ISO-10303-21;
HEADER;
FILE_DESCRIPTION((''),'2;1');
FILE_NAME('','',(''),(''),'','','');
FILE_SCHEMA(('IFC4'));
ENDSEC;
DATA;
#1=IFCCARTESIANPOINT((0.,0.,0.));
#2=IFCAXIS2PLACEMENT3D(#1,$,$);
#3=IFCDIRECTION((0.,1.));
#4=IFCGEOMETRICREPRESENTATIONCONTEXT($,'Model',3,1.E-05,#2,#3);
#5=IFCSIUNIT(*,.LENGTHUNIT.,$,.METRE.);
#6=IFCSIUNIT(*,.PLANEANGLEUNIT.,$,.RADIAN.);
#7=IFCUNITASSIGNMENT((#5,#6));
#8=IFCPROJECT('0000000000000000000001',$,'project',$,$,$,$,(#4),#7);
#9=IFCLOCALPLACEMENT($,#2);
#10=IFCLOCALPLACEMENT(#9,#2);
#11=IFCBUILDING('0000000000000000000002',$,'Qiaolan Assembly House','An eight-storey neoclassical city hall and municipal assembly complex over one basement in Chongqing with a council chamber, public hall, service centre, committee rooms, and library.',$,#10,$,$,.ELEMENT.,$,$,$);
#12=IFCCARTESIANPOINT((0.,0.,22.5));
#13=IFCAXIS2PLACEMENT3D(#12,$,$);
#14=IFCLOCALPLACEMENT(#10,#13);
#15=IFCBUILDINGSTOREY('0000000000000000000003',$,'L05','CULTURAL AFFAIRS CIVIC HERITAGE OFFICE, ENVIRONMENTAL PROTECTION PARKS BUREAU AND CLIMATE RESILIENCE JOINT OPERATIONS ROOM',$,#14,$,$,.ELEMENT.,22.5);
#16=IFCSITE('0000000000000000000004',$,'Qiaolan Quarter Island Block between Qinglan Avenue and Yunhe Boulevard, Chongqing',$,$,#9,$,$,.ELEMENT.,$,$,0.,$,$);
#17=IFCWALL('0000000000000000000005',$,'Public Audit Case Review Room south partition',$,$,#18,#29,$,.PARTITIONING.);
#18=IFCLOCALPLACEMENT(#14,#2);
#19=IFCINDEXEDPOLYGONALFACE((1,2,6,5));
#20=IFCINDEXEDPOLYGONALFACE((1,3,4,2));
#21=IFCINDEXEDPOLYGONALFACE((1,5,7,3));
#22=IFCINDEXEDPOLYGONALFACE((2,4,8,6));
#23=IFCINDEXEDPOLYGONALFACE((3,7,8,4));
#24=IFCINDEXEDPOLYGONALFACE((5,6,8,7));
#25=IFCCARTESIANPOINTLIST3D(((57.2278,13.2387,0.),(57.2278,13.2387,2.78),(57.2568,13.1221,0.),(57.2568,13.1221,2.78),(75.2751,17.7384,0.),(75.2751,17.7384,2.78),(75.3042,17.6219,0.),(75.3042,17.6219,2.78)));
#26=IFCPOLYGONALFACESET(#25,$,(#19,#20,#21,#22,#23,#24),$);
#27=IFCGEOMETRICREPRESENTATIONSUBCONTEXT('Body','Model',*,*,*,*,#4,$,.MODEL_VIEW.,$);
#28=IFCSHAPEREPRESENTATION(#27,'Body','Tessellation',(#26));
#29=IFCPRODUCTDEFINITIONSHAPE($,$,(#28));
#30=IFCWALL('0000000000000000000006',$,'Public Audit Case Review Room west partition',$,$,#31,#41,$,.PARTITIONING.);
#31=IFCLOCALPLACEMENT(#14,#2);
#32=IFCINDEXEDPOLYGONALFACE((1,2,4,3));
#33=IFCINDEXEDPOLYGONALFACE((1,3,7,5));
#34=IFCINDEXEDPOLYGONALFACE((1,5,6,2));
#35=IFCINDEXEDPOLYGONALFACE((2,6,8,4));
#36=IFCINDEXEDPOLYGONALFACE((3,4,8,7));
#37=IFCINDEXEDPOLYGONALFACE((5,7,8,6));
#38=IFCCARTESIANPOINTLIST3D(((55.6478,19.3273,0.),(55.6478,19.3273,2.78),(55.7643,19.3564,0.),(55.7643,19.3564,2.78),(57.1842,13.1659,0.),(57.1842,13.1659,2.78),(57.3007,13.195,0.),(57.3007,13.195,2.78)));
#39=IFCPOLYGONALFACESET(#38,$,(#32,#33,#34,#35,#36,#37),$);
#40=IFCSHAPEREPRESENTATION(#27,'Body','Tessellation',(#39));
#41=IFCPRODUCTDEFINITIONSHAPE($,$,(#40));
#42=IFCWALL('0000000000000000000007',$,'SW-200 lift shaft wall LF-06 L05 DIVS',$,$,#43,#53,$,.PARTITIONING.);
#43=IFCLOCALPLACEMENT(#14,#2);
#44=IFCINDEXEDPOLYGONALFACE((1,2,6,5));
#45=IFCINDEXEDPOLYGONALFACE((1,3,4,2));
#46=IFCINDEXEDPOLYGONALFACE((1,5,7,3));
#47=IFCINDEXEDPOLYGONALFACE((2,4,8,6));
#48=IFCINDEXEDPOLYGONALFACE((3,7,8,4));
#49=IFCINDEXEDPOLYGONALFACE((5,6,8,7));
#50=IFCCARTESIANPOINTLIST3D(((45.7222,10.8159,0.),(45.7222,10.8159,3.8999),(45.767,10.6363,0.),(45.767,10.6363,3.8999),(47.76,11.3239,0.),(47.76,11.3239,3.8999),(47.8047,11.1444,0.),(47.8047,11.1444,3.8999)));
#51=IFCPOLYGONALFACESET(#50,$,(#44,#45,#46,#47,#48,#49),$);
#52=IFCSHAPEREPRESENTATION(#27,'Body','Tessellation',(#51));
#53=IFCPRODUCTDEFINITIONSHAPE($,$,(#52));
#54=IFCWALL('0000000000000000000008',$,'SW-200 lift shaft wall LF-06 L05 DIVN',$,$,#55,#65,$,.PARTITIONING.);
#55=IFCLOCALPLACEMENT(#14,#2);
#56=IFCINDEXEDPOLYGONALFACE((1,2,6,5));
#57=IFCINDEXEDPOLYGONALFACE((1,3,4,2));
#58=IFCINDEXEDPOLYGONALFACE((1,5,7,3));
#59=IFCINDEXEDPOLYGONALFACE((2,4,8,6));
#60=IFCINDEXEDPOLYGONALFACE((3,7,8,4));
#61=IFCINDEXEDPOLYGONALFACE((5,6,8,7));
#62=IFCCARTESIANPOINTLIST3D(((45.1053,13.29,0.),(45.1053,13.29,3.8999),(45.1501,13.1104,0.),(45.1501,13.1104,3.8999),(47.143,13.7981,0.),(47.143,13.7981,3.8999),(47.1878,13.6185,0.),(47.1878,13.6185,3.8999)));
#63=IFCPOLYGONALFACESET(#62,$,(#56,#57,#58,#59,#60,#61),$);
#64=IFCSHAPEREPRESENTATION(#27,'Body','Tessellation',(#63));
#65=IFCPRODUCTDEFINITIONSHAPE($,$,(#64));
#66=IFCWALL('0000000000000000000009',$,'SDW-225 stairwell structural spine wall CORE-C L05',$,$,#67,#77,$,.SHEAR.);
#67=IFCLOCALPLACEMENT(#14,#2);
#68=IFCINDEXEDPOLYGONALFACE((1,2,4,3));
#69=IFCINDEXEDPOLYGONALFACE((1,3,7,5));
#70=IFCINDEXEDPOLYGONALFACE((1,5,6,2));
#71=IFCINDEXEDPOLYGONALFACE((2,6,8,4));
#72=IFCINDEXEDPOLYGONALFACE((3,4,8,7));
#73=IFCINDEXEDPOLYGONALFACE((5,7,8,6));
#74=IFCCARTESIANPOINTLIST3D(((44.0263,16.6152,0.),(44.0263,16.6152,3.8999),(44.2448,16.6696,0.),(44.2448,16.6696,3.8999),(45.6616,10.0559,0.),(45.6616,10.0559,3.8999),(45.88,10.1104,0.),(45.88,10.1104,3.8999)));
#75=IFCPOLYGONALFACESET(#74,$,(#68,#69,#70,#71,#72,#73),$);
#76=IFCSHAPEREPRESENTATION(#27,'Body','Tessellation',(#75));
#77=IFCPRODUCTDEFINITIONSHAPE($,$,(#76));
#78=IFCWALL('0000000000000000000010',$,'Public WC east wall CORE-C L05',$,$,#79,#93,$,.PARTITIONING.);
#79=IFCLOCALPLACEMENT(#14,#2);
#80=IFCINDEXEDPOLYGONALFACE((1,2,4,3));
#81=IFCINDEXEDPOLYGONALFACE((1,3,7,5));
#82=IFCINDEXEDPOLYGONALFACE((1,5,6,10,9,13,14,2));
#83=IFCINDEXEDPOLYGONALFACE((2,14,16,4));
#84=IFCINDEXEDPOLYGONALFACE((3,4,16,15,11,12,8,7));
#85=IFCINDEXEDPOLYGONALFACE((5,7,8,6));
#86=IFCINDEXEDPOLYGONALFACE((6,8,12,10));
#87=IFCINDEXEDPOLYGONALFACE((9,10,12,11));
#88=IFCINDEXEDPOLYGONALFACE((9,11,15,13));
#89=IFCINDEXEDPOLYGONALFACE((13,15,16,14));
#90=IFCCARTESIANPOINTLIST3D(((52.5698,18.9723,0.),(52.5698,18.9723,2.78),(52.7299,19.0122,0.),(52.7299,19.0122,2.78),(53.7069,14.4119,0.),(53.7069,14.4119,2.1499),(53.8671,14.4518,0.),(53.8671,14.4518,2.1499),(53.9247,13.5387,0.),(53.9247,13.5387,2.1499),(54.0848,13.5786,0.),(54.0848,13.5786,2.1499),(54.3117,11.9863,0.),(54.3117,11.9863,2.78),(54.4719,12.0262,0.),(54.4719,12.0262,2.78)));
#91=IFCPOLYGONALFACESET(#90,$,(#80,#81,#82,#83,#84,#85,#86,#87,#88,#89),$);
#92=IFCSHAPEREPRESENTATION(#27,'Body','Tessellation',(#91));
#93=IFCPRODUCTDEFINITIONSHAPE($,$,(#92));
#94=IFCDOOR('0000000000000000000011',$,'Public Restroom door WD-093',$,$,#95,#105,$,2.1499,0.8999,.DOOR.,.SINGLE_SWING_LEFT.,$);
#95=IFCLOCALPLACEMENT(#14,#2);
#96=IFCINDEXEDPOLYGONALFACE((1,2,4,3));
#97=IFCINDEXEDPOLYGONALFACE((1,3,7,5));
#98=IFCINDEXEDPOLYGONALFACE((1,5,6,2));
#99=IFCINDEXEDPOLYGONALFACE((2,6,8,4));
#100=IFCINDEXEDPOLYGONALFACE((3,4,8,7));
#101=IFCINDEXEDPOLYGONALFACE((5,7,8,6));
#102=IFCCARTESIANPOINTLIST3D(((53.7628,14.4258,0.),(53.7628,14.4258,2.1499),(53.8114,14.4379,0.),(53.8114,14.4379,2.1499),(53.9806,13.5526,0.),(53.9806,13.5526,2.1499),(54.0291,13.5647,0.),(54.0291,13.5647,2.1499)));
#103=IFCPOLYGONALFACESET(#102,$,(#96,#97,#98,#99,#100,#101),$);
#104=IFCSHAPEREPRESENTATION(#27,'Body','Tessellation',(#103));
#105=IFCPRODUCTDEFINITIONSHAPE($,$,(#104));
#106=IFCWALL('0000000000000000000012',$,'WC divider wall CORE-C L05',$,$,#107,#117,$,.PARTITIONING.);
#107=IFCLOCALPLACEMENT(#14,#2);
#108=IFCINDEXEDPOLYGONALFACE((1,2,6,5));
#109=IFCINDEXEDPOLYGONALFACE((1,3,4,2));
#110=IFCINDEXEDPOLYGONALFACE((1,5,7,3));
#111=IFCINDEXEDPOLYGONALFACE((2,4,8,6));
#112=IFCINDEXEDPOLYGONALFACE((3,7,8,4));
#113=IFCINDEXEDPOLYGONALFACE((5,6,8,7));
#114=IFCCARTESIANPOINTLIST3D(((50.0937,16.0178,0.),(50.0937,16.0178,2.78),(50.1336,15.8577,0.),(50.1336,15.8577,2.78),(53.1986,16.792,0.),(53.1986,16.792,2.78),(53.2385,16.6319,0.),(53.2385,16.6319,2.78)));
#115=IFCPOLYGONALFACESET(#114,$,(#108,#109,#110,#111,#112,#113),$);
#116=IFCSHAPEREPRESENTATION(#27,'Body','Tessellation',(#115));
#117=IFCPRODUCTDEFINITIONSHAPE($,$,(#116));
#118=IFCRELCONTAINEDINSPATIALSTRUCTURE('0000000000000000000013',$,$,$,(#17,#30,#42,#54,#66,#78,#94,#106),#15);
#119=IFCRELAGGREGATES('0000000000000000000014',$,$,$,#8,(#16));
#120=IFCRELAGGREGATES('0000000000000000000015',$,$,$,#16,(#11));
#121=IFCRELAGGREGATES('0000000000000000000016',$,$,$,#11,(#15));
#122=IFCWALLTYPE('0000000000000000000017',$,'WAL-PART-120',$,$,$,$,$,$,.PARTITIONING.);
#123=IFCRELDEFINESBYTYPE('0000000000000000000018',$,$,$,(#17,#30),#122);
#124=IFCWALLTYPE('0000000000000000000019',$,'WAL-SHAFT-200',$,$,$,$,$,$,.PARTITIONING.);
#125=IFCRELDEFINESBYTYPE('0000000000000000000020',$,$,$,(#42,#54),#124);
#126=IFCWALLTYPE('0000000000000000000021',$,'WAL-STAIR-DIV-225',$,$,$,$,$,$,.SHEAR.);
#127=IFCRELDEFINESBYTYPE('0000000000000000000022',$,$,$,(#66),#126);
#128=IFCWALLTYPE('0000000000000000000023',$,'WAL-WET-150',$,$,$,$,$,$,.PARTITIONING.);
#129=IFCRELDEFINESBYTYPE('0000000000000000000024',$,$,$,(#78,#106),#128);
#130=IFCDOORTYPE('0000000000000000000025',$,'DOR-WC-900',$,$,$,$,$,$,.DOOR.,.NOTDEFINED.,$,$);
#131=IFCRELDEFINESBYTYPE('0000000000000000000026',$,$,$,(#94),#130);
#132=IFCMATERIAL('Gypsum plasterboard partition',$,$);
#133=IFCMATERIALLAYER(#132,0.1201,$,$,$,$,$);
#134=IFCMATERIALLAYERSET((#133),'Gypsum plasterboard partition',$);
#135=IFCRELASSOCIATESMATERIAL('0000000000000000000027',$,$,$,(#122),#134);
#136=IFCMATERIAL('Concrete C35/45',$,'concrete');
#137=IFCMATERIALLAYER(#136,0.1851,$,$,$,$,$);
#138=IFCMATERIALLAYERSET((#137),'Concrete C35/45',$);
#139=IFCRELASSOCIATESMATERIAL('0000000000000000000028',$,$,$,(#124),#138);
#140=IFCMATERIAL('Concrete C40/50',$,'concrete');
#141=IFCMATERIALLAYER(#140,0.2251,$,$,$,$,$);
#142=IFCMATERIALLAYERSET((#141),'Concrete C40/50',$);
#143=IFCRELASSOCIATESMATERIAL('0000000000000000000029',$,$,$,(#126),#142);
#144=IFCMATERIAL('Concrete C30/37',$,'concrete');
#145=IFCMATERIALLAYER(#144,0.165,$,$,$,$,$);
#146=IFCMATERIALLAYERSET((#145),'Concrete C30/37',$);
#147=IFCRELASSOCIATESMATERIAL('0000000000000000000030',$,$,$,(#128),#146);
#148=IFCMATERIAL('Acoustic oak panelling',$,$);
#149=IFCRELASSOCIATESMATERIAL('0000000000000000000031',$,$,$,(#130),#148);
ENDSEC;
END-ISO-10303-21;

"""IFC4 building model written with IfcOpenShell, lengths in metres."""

from ifc_helpers import new_model, si_unit, direction, frame, frame_2d, origin, place, context, subcontext, project, spatial, rectangle, extrude, material, layer, layer_set, type_object, element, fill, save


model = new_model("IFC4")

# Units and contexts
model_context = context("Model", 3, precision=1e-05, world=origin(), true_north=direction((0.0, 1.0)))
body_context = subcontext(model_context, "Body", "Model", "MODEL_VIEW")
ifc_project = project(units=[si_unit("LENGTHUNIT", "METRE"), si_unit("PLANEANGLEUNIT", "RADIAN")], contexts=[model_context])

# Site, building, storey
site_placement = place(None, origin())
site = spatial("IfcSite", under=ifc_project, at=site_placement, Name="Qiaolan Quarter Island Block between Qinglan Avenue and Yunhe Boulevard, Chongqing", CompositionType="ELEMENT", RefElevation=0.0)
building_placement = place(site_placement, origin())
building = spatial("IfcBuilding", under=site, at=building_placement, Name="Qiaolan Assembly House", Description="An eight-storey neoclassical city hall and municipal assembly complex over one basement in Chongqing with a council chamber, public hall, service centre, committee rooms, and library.", CompositionType="ELEMENT")
storey_placement = place(building_placement, frame((0.0, 0.0, 22.5)))
storey = spatial("IfcBuildingStorey", under=building, at=storey_placement, Name="L05", Description="CULTURAL AFFAIRS CIVIC HERITAGE OFFICE, ENVIRONMENTAL PROTECTION PARKS BUREAU AND CLIMATE RESILIENCE JOINT OPERATIONS ROOM", CompositionType="ELEMENT", Elevation=22.5)

# Shared definitions
ifc_material_1 = material(Name="Concrete C40/50", Category="concrete")

# Walls
ifc_material_2 = material(Name="Concrete C35/45", Category="concrete")
ifc_material_3 = material(Name="Gypsum plasterboard partition")
ifc_layer_1 = layer(ifc_material_3, 0.1201)
ifc_layer_set_1 = layer_set([ifc_layer_1], Name="Gypsum plasterboard partition")
wall_type_1 = type_object("IfcWallType", Name="WAL-PART-120", PredefinedType="PARTITIONING", material=ifc_layer_set_1)
wall_1_placement = place(storey_placement, frame((57.2424, 13.1804, 0.0), z_axis=(0.0, 0.0, 1.0), x_axis=(0.970295, 0.241924, 0.0)))
element("IfcWall", 1, at=wall_1_placement, inside=storey, type_object=wall_type_1, Name="Public Audit Case Review Room south partition", PredefinedType="PARTITIONING", context=body_context, shape_type="SweptSolid", body=[
    extrude(rectangle(XDim=18.5999, YDim=0.1201, at=frame_2d((9.2998, 0.0))), origin(), (0.0, 0.0, 1.0), 2.78),
])
wall_2_placement = place(storey_placement, frame((57.2424, 13.1804, 0.0), z_axis=(0.0, 0.0, 1.0), x_axis=(-0.241948, 0.970289, 0.0)))
element("IfcWall", 2, at=wall_2_placement, inside=storey, type_object=wall_type_1, Name="Public Audit Case Review Room west partition", PredefinedType="PARTITIONING", context=body_context, shape_type="SweptSolid", body=[
    extrude(rectangle(XDim=6.3501, YDim=0.1201, at=frame_2d((3.175, 0.0))), origin(), (0.0, 0.0, 1.0), 2.78),
])
ifc_layer_2 = layer(ifc_material_2, 0.1851)
ifc_layer_set_2 = layer_set([ifc_layer_2], Name="Concrete C35/45")
wall_type_2 = type_object("IfcWallType", Name="WAL-SHAFT-200", PredefinedType="PARTITIONING", material=ifc_layer_set_2)
for number, where, z_axis, x_axis, name in (
    (3, (45.7446, 10.7261, 0.0), (0.0, 0.0, 1.0), (0.970293, 0.241934, 0.0), "SW-200 lift shaft wall LF-06 L05 DIVS"),
    (4, (45.1277, 13.2002, 0.0), (0.0, 0.0, 1.0), (0.970293, 0.241934, 0.0), "SW-200 lift shaft wall LF-06 L05 DIVN"),
):
    element("IfcWall", number, at=place(storey_placement, frame(where, z_axis=z_axis, x_axis=x_axis)), inside=storey, type_object=wall_type_2, Name=name, PredefinedType="PARTITIONING", context=body_context, shape_type="SweptSolid", body=[
        extrude(rectangle(XDim=2.1001, YDim=0.1851, at=frame_2d((1.05, 0.0))), origin(), (0.0, 0.0, 1.0), 3.8999),
    ])
ifc_layer_3 = layer(ifc_material_1, 0.2251)
ifc_layer_set_3 = layer_set([ifc_layer_3], Name="Concrete C40/50")
wall_type_3 = type_object("IfcWallType", Name="WAL-STAIR-DIV-225", PredefinedType="SHEAR", material=ifc_layer_set_3)
wall_3_placement = place(storey_placement, frame((45.7708, 10.0833, 0.0), z_axis=(0.0, 0.0, 1.0), x_axis=(-0.241898, 0.970302, 0.0)))
element("IfcWall", 5, at=wall_3_placement, inside=storey, type_object=wall_type_3, Name="SDW-225 stairwell structural spine wall CORE-C L05", PredefinedType="SHEAR", context=body_context, shape_type="SweptSolid", body=[
    extrude(rectangle(XDim=6.76, YDim=0.2251, at=frame_2d((3.3799, 0.0))), origin(), (0.0, 0.0, 1.0), 3.8999),
])

# Wall, opening, door
ifc_material_4 = material(Name="Concrete C30/37", Category="concrete")
ifc_layer_4 = layer(ifc_material_4, 0.165)
ifc_layer_set_4 = layer_set([ifc_layer_4], Name="Concrete C30/37")
wall_type_4 = type_object("IfcWallType", Name="WAL-WET-150", PredefinedType="PARTITIONING", material=ifc_layer_set_4)
wall_4_placement = place(storey_placement, frame((54.3918, 12.0061, 0.0), z_axis=(0.0, 0.0, 1.0), x_axis=(-0.241937, 0.970292, 0.0)))
wall_4 = element("IfcWall", 6, at=wall_4_placement, inside=storey, type_object=wall_type_4, Name="Public WC east wall CORE-C L05", PredefinedType="PARTITIONING", context=body_context, shape_type="SweptSolid", body=[
    extrude(rectangle(XDim=7.2, YDim=0.165, at=frame_2d((3.6001, 0.0))), origin(), (0.0, 0.0, 1.0), 2.78),
])
opening_1_placement = place(wall_4_placement, frame((1.6001, 0.0, 0.0)))
opening_1 = element("IfcOpeningElement", 7, at=opening_1_placement, cuts=wall_4, PredefinedType="OPENING", context=body_context, shape_type="SweptSolid", body=[
    extrude(rectangle(XDim=0.8999, YDim=2.1499, at=frame_2d((0.45, 1.075))), frame((0.0, 0.0925, 0.0), z_axis=(0.0, -1.0, 0.0), x_axis=(1.0, 0.0, 0.0)), (0.0, 0.0, 1.0), 0.1851),
])
ifc_material_5 = material(Name="Acoustic oak panelling")
door_type_1 = type_object("IfcDoorType", Name="DOR-WC-900", OperationType="NOTDEFINED", PredefinedType="DOOR", material=ifc_material_5)
door_1_placement = place(opening_1_placement, origin())
door_1 = element("IfcDoor", 8, at=door_1_placement, inside=storey, type_object=door_type_1, Name="Public Restroom door WD-093", OperationType="SINGLE_SWING_LEFT", OverallHeight=2.1499, OverallWidth=0.8999, PredefinedType="DOOR", context=body_context, shape_type="SweptSolid", body=[
    extrude(rectangle(XDim=0.8999, YDim=2.1499, at=frame_2d((0.45, 1.075))), frame((0.0, 0.0249, 0.0), z_axis=(0.0, -1.0, 0.0), x_axis=(1.0, 0.0, 0.0)), (0.0, 0.0, 1.0), 0.05),
])
fill(opening_1, door_1)

# Wall
wall_5_placement = place(storey_placement, frame((50.1135, 15.9377, 0.0), z_axis=(0.0, 0.0, 1.0), x_axis=(0.970295, 0.241925, 0.0)))
element("IfcWall", 9, at=wall_5_placement, inside=storey, type_object=wall_type_4, Name="WC divider wall CORE-C L05", PredefinedType="PARTITIONING", context=body_context, shape_type="SweptSolid", body=[
    extrude(rectangle(XDim=3.2, YDim=0.165, at=frame_2d((1.6001, 0.0))), origin(), (0.0, 0.0, 1.0), 2.78),
])

save(model, "model.ifc")
